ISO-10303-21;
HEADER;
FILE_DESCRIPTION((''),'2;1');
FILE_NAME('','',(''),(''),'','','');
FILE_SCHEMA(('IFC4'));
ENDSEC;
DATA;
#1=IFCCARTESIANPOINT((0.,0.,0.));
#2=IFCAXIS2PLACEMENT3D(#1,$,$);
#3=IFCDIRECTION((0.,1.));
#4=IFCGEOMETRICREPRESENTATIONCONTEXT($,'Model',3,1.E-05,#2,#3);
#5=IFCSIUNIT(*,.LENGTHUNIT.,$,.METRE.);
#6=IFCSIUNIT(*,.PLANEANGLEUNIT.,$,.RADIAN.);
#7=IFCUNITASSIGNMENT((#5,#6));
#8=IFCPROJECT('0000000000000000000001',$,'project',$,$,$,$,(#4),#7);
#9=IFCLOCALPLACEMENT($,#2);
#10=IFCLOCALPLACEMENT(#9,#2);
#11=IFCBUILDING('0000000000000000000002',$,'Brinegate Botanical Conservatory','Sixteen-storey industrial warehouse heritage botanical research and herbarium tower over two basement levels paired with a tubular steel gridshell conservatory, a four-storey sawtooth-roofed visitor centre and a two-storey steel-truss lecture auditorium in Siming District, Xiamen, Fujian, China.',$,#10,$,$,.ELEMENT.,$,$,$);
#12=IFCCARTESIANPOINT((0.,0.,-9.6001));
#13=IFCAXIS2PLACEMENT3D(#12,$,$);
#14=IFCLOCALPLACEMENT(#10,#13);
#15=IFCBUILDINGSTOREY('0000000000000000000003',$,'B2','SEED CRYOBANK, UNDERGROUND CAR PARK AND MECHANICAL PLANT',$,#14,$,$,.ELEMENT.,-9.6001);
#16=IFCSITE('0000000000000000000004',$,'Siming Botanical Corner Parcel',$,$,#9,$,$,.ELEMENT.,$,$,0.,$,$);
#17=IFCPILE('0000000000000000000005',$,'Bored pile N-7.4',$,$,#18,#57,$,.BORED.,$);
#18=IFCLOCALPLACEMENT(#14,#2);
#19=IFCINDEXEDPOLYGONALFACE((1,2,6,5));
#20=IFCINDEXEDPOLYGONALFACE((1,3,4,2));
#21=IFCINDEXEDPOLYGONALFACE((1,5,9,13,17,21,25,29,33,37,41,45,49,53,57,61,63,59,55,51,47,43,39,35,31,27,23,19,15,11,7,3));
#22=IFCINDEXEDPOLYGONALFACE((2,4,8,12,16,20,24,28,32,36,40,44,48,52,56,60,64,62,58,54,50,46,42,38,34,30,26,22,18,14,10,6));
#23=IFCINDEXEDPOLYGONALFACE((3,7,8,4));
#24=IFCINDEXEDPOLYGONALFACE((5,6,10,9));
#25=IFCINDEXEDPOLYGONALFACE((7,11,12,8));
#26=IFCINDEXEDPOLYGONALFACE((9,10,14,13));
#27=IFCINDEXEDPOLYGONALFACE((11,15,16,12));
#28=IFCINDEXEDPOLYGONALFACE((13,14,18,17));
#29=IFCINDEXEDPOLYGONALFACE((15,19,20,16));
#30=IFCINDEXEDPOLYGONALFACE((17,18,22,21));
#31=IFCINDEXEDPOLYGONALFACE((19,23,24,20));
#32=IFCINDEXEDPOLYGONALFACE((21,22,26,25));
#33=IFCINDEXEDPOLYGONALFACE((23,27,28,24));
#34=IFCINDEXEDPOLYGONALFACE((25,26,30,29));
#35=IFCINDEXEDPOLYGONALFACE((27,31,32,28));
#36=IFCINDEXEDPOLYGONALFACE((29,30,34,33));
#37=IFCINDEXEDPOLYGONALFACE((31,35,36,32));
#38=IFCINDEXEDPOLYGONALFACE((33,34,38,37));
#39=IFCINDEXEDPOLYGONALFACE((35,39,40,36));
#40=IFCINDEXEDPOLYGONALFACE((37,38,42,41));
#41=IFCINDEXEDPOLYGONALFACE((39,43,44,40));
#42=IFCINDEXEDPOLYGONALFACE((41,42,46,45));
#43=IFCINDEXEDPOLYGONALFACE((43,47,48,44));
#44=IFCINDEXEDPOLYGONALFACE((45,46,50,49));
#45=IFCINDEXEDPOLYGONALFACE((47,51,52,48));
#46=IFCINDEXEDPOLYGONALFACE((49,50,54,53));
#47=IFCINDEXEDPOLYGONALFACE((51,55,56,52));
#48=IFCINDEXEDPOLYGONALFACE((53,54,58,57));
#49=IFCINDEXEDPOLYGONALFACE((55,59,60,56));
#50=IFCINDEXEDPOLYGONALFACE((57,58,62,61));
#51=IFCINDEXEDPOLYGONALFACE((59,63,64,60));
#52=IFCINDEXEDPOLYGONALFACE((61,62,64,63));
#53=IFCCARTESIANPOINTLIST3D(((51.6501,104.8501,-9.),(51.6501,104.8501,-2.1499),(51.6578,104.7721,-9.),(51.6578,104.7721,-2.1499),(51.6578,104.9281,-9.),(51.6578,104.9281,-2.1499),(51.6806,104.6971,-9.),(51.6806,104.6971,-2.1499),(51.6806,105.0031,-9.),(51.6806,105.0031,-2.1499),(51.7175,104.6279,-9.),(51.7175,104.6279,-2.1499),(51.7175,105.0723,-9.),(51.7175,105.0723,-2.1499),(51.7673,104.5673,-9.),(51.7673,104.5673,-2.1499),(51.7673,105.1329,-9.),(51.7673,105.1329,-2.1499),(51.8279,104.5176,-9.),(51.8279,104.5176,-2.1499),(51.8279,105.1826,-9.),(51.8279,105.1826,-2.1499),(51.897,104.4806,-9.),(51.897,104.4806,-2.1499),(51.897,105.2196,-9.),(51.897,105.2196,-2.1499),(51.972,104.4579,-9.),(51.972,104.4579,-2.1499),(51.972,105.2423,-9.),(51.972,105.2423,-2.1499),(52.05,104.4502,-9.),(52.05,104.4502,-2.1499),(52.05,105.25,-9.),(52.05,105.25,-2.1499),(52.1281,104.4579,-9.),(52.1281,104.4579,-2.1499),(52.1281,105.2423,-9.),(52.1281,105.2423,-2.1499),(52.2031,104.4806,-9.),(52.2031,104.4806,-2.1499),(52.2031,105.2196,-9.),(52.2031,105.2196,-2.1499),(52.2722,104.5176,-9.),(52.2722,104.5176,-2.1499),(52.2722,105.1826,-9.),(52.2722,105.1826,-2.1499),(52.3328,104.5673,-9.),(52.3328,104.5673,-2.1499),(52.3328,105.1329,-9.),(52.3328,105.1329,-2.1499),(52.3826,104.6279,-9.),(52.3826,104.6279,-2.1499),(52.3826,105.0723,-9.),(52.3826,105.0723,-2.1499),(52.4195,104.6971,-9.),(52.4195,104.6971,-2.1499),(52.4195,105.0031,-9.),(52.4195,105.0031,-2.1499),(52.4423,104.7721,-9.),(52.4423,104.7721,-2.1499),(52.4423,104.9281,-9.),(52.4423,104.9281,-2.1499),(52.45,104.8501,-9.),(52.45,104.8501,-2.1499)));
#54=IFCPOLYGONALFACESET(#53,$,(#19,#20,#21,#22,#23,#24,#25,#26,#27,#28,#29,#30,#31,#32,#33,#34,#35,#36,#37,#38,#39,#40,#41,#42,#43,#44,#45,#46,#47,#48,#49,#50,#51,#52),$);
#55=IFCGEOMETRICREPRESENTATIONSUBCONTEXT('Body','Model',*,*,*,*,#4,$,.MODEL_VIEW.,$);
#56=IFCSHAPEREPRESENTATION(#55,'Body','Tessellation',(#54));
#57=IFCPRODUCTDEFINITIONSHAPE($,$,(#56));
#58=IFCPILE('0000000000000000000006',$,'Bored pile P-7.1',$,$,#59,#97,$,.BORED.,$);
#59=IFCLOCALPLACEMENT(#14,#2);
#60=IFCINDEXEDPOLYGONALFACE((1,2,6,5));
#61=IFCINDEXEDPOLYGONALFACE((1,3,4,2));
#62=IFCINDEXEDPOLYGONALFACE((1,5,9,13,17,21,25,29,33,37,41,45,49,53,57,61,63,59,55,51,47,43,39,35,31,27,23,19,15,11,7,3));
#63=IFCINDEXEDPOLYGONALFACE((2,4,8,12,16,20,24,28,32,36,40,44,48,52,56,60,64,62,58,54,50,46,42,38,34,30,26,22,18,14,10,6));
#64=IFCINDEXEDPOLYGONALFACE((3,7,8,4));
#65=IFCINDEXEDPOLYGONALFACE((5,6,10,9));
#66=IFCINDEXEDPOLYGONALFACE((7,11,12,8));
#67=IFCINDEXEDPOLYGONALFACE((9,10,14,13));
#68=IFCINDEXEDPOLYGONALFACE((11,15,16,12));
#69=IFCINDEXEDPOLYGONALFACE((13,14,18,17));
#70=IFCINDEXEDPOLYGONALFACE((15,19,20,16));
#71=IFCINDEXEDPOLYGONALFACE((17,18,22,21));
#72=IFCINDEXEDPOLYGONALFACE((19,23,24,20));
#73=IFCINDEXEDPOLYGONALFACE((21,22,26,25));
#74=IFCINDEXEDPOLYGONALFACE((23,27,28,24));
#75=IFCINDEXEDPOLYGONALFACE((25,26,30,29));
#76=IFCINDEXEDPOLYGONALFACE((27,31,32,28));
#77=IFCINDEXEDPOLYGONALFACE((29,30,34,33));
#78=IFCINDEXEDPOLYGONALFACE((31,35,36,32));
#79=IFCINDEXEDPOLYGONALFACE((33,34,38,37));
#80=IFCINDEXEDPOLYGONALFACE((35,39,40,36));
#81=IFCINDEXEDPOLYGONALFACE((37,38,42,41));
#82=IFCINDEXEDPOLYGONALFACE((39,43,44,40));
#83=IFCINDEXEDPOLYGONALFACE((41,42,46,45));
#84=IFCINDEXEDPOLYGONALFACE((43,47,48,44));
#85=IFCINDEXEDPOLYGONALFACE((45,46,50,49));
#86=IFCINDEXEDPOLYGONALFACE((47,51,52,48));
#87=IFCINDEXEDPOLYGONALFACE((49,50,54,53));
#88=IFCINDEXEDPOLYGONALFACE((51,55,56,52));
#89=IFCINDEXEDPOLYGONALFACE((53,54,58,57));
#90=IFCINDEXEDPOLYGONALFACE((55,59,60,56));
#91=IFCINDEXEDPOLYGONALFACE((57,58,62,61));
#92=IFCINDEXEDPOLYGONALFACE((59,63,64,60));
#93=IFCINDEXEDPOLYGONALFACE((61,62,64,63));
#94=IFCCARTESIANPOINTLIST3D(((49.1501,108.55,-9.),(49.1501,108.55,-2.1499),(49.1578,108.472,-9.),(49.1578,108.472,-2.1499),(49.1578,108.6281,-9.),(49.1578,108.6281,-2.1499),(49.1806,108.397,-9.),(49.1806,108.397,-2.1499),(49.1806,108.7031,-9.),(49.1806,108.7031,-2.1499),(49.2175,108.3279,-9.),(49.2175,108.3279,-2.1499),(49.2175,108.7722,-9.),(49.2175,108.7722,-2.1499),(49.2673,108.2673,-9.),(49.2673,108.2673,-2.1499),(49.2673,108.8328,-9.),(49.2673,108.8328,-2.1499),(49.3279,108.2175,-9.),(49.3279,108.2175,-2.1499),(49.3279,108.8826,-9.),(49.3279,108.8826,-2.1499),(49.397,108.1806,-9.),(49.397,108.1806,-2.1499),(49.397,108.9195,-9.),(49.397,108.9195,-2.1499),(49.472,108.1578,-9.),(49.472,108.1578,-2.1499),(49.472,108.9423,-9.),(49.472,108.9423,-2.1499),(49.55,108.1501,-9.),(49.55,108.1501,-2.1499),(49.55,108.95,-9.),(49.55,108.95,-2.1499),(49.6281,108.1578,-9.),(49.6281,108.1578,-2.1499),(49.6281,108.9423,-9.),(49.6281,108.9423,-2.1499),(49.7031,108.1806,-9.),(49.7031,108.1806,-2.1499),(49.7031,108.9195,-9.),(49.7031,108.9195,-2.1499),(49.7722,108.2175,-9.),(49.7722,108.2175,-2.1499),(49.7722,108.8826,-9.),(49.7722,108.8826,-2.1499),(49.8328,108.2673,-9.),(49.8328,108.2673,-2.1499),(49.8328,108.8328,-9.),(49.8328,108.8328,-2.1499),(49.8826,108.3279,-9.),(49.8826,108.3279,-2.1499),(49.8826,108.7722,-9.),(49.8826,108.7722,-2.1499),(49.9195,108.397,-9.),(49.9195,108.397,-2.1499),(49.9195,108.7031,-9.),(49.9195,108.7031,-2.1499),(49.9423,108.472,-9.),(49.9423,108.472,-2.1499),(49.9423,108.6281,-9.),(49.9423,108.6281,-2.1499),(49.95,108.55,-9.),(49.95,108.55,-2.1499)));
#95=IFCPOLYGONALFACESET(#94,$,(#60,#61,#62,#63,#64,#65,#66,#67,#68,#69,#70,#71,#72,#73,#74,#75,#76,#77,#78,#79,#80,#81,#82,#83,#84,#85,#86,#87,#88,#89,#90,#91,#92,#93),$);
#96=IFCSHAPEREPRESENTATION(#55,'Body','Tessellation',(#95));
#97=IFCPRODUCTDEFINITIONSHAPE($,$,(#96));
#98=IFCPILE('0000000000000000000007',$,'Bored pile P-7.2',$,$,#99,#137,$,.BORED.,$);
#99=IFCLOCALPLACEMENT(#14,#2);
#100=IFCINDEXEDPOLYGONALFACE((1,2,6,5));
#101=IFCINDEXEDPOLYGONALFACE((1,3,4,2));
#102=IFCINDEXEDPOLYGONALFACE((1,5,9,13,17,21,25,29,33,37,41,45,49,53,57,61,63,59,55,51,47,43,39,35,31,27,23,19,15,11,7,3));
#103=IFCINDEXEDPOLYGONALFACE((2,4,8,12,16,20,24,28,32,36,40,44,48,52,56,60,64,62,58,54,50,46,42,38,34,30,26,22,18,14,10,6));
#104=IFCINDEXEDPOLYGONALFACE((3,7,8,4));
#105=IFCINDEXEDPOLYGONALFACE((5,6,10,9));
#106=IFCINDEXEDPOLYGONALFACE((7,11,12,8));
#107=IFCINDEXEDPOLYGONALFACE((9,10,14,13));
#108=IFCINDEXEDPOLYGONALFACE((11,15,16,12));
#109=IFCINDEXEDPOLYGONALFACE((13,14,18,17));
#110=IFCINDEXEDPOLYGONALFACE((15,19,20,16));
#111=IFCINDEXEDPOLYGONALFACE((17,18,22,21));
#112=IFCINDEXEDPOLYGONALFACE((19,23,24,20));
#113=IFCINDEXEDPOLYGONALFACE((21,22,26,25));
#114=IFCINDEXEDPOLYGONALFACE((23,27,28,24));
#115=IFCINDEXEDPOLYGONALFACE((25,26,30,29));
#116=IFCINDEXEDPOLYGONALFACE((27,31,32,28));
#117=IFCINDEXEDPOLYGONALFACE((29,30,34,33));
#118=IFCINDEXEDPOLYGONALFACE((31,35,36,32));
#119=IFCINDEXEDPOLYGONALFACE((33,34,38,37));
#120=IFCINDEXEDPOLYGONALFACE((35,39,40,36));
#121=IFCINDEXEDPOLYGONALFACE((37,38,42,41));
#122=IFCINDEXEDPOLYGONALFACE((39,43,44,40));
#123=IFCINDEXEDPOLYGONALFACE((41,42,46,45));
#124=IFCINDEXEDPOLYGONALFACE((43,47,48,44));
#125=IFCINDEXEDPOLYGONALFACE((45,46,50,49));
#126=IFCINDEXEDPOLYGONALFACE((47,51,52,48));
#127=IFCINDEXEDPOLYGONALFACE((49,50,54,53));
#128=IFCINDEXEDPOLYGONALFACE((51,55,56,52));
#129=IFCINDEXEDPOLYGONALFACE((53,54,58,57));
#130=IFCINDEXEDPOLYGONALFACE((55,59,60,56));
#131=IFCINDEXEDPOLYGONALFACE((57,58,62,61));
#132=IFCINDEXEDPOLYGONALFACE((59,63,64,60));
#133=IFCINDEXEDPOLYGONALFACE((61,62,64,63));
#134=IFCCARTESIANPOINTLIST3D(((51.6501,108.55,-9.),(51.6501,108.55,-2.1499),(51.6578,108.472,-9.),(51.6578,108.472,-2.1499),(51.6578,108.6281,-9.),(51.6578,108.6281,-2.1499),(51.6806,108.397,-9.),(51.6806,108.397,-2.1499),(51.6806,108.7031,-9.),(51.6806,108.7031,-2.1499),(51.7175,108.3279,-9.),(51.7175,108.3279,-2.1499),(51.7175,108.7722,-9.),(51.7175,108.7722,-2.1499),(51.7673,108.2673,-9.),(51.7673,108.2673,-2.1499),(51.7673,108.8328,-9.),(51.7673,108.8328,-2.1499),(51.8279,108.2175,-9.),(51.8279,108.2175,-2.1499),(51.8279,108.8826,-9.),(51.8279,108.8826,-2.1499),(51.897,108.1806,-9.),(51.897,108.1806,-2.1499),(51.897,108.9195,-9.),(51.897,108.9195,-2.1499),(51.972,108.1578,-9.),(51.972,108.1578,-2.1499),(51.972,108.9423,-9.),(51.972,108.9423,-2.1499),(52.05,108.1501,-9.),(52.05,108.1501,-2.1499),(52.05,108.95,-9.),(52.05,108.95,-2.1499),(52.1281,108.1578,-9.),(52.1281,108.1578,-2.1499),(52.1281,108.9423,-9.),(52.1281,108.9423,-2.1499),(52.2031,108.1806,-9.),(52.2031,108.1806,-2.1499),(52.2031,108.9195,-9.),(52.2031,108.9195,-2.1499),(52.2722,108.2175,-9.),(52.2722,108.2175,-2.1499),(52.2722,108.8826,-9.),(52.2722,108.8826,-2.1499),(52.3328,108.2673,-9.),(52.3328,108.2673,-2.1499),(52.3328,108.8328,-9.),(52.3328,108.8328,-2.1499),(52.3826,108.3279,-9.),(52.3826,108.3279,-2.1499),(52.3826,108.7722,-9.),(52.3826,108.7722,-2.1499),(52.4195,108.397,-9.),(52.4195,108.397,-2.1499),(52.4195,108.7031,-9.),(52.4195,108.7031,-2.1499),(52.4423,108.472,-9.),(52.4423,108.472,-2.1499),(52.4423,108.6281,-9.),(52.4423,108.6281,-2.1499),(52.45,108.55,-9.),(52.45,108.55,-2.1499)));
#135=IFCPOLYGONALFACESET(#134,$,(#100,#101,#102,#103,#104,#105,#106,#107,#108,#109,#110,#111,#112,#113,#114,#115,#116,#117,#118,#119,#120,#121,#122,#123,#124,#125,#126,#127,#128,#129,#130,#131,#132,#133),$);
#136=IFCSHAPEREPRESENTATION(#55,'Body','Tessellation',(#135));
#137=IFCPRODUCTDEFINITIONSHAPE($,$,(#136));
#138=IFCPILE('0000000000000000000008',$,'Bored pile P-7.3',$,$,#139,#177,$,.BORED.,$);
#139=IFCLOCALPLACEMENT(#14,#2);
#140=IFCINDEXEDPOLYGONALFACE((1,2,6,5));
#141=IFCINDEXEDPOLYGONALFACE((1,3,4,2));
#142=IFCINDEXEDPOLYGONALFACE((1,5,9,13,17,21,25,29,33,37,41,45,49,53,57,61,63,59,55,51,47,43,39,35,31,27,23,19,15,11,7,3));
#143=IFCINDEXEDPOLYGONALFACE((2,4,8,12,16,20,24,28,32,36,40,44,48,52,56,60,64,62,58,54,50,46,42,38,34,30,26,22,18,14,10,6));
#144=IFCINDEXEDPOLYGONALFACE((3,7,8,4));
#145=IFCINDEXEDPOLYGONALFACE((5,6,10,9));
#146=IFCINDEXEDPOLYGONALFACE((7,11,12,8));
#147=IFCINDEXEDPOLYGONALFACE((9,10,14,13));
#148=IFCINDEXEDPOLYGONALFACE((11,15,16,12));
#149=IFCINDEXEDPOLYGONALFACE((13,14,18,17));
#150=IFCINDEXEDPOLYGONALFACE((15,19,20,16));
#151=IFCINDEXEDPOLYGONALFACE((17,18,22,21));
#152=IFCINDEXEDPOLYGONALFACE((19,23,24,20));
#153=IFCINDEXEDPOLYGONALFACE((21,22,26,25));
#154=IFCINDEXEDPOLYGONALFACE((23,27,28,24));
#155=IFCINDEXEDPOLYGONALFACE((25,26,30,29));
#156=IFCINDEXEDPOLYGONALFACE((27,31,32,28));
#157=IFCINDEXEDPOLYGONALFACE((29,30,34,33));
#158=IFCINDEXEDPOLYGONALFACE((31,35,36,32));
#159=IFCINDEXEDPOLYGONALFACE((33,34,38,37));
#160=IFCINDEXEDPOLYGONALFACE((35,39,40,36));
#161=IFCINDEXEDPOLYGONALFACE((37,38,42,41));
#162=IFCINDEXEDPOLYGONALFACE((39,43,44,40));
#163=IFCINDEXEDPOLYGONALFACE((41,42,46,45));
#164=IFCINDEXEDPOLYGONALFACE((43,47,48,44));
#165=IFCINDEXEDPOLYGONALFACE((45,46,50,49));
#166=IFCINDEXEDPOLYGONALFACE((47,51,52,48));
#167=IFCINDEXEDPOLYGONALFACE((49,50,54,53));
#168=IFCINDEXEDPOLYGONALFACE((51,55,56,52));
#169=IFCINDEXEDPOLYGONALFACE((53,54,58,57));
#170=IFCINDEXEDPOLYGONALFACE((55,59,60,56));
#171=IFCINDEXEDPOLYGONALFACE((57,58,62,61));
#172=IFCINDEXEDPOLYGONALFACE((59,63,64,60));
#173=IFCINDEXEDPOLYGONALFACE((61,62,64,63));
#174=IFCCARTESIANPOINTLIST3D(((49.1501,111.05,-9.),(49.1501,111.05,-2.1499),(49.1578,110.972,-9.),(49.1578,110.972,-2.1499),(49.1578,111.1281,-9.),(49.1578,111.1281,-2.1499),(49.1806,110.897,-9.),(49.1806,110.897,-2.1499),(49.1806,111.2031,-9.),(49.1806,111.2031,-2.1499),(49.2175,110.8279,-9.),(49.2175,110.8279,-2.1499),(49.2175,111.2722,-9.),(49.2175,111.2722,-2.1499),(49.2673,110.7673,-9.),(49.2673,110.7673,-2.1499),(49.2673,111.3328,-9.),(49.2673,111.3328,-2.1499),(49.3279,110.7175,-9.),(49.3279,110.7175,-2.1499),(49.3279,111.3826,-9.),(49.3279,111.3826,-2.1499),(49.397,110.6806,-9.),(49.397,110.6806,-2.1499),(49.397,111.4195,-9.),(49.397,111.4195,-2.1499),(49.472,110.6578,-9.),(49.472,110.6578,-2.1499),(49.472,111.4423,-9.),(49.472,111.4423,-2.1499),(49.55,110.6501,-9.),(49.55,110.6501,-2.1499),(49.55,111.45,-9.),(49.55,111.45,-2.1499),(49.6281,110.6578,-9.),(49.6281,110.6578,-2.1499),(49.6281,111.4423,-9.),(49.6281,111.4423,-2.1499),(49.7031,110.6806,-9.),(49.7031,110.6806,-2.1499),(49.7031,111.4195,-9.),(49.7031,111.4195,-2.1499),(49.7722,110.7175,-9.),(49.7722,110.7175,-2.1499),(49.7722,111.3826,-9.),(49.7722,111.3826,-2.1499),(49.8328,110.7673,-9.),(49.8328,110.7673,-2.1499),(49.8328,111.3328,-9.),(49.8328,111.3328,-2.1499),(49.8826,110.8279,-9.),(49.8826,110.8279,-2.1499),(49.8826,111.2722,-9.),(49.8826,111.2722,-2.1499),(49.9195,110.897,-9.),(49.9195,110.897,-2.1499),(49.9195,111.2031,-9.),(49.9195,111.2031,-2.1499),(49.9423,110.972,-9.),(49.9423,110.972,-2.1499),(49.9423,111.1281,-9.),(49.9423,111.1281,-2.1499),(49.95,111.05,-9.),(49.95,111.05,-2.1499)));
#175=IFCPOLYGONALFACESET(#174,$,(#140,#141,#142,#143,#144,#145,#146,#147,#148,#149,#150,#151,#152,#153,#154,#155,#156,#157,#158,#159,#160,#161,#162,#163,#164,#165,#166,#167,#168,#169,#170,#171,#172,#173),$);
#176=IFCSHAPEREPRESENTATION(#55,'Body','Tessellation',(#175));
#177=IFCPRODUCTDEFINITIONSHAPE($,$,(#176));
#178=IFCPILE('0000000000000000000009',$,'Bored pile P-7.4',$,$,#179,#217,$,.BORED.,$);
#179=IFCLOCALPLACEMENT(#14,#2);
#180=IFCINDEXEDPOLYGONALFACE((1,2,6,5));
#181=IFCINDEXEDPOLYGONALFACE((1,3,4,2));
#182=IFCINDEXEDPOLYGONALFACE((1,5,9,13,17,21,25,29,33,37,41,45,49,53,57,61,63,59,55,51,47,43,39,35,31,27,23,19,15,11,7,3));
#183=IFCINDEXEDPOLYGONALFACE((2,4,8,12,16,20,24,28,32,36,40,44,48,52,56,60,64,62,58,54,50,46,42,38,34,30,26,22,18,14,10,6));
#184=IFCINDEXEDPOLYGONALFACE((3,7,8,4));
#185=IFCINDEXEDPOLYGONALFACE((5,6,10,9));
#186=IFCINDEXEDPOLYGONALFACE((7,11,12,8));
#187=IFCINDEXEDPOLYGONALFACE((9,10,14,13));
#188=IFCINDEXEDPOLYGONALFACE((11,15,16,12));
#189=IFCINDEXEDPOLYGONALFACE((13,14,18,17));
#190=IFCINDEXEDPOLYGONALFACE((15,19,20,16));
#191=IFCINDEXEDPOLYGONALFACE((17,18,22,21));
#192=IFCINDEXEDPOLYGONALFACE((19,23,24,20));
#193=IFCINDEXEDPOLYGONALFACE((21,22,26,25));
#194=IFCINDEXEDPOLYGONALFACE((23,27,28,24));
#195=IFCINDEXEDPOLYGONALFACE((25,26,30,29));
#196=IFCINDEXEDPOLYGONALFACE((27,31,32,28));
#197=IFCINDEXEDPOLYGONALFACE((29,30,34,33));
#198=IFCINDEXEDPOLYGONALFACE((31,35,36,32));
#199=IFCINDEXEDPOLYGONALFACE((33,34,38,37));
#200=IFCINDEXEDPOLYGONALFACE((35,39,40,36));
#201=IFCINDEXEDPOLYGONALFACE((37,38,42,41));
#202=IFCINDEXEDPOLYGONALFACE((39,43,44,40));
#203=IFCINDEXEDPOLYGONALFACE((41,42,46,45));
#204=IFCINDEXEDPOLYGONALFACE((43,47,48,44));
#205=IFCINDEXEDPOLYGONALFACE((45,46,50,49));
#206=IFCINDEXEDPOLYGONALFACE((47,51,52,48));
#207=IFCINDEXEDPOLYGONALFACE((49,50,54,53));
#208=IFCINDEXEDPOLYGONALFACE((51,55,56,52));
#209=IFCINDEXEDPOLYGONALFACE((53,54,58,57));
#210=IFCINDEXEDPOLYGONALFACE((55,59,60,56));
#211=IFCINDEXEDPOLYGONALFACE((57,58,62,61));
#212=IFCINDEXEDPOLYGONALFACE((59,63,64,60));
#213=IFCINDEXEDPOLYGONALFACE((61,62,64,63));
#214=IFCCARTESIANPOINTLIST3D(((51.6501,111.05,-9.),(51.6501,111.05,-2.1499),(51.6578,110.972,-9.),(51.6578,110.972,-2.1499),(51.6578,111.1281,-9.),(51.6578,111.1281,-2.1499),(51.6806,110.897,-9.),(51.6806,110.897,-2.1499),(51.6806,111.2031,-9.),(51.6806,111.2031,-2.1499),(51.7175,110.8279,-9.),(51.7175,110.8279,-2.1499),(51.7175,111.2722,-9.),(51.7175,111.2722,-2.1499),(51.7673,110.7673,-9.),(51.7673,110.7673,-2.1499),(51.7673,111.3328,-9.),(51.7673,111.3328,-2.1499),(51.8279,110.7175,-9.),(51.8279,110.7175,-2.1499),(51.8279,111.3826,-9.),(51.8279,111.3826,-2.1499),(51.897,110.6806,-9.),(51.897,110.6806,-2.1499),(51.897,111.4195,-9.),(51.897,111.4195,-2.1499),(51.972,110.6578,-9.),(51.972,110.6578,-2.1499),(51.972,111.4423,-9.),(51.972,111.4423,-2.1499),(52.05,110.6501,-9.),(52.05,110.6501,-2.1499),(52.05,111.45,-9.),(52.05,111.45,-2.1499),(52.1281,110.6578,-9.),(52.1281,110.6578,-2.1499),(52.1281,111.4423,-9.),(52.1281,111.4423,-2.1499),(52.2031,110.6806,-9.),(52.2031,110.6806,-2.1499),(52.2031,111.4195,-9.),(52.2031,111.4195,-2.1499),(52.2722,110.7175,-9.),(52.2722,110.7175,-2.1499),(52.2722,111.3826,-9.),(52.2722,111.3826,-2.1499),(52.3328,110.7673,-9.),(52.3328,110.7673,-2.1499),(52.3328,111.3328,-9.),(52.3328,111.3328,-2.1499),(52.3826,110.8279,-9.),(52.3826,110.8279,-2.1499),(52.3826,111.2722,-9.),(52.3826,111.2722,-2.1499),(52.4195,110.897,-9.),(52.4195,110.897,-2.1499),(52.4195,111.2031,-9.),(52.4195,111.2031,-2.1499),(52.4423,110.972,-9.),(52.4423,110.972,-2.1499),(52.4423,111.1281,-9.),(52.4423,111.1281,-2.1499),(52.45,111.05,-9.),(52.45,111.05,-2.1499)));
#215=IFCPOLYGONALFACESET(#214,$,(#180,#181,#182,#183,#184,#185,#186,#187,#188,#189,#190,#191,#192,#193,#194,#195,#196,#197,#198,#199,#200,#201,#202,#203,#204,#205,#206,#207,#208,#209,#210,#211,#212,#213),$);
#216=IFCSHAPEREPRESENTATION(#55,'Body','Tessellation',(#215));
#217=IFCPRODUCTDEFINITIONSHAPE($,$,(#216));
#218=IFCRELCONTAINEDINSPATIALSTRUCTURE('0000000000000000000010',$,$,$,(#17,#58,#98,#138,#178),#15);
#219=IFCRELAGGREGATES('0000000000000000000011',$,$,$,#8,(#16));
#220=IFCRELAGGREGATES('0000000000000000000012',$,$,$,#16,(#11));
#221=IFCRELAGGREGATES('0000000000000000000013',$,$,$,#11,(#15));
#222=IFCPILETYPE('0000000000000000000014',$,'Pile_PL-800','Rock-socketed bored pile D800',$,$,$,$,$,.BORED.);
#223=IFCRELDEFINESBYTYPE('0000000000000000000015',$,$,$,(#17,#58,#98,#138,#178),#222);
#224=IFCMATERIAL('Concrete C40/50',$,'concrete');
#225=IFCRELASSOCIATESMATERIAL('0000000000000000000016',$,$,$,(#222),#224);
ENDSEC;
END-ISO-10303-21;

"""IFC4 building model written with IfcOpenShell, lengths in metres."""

from ifc_helpers import new_model, si_unit, direction, frame, origin, origin_2d, place, context, subcontext, project, spatial, circle, extrude, material, material_profile, profile_set, type_object, element, save


model = new_model("IFC4")

# Units and contexts
model_context = context("Model", 3, precision=1e-05, world=origin(), true_north=direction((0.0, 1.0)))
body_context = subcontext(model_context, "Body", "Model", "MODEL_VIEW")
ifc_project = project(units=[si_unit("LENGTHUNIT", "METRE"), si_unit("PLANEANGLEUNIT", "RADIAN")], contexts=[model_context])

# Site, building, storey
site_placement = place(None, origin())
site = spatial("IfcSite", under=ifc_project, at=site_placement, Name="Siming Botanical Corner Parcel", CompositionType="ELEMENT", RefElevation=0.0)
building_placement = place(site_placement, origin())
building = spatial("IfcBuilding", under=site, at=building_placement, Name="Brinegate Botanical Conservatory", Description="Sixteen-storey industrial warehouse heritage botanical research and herbarium tower over two basement levels paired with a tubular steel gridshell conservatory, a four-storey sawtooth-roofed visitor centre and a two-storey steel-truss lecture auditorium in Siming District, Xiamen, Fujian, China.", CompositionType="ELEMENT")
storey_placement = place(building_placement, frame((0.0, 0.0, -9.6001)))
storey = spatial("IfcBuildingStorey", under=building, at=storey_placement, Name="B2", Description="SEED CRYOBANK, UNDERGROUND CAR PARK AND MECHANICAL PLANT", CompositionType="ELEMENT", Elevation=-9.6001)

# Shared definitions
ifc_material = material(Name="Concrete C40/50", Category="concrete")

# Piles
ifc_material_profile_1 = material_profile(ifc_material, circle(Radius=0.3999, at=origin_2d()), Name="PILE D800")
ifc_profile_set_1 = profile_set([ifc_material_profile_1], Name="Concrete C40/50")
pile_type = type_object("IfcPileType", Name="Pile_PL-800", Description="Rock-socketed bored pile D800", PredefinedType="BORED", material=ifc_profile_set_1)
for number, where, z_axis, x_axis, name in (
    (1, (52.05, 104.8501, -2.1499), (0.0, 0.0, -1.0), (1.0, 0.0, 0.0), "Bored pile N-7.4"),
    (2, (49.55, 108.55, -2.1499), (0.0, 0.0, -1.0), (1.0, 0.0, 0.0), "Bored pile P-7.1"),
    (3, (52.05, 108.55, -2.1499), (0.0, 0.0, -1.0), (1.0, 0.0, 0.0), "Bored pile P-7.2"),
    (4, (49.55, 111.05, -2.1499), (0.0, 0.0, -1.0), (1.0, 0.0, 0.0), "Bored pile P-7.3"),
    (5, (52.05, 111.05, -2.1499), (0.0, 0.0, -1.0), (1.0, 0.0, 0.0), "Bored pile P-7.4"),
):
    element("IfcPile", number, at=place(storey_placement, frame(where, z_axis=z_axis, x_axis=x_axis)), inside=storey, type_object=pile_type, Name=name, PredefinedType="BORED", context=body_context, shape_type="SweptSolid", body=[
        extrude(circle(Radius=0.3999, at=origin_2d()), origin(), (0.0, 0.0, 1.0), 6.8501),
    ])

save(model, "model.ifc")
